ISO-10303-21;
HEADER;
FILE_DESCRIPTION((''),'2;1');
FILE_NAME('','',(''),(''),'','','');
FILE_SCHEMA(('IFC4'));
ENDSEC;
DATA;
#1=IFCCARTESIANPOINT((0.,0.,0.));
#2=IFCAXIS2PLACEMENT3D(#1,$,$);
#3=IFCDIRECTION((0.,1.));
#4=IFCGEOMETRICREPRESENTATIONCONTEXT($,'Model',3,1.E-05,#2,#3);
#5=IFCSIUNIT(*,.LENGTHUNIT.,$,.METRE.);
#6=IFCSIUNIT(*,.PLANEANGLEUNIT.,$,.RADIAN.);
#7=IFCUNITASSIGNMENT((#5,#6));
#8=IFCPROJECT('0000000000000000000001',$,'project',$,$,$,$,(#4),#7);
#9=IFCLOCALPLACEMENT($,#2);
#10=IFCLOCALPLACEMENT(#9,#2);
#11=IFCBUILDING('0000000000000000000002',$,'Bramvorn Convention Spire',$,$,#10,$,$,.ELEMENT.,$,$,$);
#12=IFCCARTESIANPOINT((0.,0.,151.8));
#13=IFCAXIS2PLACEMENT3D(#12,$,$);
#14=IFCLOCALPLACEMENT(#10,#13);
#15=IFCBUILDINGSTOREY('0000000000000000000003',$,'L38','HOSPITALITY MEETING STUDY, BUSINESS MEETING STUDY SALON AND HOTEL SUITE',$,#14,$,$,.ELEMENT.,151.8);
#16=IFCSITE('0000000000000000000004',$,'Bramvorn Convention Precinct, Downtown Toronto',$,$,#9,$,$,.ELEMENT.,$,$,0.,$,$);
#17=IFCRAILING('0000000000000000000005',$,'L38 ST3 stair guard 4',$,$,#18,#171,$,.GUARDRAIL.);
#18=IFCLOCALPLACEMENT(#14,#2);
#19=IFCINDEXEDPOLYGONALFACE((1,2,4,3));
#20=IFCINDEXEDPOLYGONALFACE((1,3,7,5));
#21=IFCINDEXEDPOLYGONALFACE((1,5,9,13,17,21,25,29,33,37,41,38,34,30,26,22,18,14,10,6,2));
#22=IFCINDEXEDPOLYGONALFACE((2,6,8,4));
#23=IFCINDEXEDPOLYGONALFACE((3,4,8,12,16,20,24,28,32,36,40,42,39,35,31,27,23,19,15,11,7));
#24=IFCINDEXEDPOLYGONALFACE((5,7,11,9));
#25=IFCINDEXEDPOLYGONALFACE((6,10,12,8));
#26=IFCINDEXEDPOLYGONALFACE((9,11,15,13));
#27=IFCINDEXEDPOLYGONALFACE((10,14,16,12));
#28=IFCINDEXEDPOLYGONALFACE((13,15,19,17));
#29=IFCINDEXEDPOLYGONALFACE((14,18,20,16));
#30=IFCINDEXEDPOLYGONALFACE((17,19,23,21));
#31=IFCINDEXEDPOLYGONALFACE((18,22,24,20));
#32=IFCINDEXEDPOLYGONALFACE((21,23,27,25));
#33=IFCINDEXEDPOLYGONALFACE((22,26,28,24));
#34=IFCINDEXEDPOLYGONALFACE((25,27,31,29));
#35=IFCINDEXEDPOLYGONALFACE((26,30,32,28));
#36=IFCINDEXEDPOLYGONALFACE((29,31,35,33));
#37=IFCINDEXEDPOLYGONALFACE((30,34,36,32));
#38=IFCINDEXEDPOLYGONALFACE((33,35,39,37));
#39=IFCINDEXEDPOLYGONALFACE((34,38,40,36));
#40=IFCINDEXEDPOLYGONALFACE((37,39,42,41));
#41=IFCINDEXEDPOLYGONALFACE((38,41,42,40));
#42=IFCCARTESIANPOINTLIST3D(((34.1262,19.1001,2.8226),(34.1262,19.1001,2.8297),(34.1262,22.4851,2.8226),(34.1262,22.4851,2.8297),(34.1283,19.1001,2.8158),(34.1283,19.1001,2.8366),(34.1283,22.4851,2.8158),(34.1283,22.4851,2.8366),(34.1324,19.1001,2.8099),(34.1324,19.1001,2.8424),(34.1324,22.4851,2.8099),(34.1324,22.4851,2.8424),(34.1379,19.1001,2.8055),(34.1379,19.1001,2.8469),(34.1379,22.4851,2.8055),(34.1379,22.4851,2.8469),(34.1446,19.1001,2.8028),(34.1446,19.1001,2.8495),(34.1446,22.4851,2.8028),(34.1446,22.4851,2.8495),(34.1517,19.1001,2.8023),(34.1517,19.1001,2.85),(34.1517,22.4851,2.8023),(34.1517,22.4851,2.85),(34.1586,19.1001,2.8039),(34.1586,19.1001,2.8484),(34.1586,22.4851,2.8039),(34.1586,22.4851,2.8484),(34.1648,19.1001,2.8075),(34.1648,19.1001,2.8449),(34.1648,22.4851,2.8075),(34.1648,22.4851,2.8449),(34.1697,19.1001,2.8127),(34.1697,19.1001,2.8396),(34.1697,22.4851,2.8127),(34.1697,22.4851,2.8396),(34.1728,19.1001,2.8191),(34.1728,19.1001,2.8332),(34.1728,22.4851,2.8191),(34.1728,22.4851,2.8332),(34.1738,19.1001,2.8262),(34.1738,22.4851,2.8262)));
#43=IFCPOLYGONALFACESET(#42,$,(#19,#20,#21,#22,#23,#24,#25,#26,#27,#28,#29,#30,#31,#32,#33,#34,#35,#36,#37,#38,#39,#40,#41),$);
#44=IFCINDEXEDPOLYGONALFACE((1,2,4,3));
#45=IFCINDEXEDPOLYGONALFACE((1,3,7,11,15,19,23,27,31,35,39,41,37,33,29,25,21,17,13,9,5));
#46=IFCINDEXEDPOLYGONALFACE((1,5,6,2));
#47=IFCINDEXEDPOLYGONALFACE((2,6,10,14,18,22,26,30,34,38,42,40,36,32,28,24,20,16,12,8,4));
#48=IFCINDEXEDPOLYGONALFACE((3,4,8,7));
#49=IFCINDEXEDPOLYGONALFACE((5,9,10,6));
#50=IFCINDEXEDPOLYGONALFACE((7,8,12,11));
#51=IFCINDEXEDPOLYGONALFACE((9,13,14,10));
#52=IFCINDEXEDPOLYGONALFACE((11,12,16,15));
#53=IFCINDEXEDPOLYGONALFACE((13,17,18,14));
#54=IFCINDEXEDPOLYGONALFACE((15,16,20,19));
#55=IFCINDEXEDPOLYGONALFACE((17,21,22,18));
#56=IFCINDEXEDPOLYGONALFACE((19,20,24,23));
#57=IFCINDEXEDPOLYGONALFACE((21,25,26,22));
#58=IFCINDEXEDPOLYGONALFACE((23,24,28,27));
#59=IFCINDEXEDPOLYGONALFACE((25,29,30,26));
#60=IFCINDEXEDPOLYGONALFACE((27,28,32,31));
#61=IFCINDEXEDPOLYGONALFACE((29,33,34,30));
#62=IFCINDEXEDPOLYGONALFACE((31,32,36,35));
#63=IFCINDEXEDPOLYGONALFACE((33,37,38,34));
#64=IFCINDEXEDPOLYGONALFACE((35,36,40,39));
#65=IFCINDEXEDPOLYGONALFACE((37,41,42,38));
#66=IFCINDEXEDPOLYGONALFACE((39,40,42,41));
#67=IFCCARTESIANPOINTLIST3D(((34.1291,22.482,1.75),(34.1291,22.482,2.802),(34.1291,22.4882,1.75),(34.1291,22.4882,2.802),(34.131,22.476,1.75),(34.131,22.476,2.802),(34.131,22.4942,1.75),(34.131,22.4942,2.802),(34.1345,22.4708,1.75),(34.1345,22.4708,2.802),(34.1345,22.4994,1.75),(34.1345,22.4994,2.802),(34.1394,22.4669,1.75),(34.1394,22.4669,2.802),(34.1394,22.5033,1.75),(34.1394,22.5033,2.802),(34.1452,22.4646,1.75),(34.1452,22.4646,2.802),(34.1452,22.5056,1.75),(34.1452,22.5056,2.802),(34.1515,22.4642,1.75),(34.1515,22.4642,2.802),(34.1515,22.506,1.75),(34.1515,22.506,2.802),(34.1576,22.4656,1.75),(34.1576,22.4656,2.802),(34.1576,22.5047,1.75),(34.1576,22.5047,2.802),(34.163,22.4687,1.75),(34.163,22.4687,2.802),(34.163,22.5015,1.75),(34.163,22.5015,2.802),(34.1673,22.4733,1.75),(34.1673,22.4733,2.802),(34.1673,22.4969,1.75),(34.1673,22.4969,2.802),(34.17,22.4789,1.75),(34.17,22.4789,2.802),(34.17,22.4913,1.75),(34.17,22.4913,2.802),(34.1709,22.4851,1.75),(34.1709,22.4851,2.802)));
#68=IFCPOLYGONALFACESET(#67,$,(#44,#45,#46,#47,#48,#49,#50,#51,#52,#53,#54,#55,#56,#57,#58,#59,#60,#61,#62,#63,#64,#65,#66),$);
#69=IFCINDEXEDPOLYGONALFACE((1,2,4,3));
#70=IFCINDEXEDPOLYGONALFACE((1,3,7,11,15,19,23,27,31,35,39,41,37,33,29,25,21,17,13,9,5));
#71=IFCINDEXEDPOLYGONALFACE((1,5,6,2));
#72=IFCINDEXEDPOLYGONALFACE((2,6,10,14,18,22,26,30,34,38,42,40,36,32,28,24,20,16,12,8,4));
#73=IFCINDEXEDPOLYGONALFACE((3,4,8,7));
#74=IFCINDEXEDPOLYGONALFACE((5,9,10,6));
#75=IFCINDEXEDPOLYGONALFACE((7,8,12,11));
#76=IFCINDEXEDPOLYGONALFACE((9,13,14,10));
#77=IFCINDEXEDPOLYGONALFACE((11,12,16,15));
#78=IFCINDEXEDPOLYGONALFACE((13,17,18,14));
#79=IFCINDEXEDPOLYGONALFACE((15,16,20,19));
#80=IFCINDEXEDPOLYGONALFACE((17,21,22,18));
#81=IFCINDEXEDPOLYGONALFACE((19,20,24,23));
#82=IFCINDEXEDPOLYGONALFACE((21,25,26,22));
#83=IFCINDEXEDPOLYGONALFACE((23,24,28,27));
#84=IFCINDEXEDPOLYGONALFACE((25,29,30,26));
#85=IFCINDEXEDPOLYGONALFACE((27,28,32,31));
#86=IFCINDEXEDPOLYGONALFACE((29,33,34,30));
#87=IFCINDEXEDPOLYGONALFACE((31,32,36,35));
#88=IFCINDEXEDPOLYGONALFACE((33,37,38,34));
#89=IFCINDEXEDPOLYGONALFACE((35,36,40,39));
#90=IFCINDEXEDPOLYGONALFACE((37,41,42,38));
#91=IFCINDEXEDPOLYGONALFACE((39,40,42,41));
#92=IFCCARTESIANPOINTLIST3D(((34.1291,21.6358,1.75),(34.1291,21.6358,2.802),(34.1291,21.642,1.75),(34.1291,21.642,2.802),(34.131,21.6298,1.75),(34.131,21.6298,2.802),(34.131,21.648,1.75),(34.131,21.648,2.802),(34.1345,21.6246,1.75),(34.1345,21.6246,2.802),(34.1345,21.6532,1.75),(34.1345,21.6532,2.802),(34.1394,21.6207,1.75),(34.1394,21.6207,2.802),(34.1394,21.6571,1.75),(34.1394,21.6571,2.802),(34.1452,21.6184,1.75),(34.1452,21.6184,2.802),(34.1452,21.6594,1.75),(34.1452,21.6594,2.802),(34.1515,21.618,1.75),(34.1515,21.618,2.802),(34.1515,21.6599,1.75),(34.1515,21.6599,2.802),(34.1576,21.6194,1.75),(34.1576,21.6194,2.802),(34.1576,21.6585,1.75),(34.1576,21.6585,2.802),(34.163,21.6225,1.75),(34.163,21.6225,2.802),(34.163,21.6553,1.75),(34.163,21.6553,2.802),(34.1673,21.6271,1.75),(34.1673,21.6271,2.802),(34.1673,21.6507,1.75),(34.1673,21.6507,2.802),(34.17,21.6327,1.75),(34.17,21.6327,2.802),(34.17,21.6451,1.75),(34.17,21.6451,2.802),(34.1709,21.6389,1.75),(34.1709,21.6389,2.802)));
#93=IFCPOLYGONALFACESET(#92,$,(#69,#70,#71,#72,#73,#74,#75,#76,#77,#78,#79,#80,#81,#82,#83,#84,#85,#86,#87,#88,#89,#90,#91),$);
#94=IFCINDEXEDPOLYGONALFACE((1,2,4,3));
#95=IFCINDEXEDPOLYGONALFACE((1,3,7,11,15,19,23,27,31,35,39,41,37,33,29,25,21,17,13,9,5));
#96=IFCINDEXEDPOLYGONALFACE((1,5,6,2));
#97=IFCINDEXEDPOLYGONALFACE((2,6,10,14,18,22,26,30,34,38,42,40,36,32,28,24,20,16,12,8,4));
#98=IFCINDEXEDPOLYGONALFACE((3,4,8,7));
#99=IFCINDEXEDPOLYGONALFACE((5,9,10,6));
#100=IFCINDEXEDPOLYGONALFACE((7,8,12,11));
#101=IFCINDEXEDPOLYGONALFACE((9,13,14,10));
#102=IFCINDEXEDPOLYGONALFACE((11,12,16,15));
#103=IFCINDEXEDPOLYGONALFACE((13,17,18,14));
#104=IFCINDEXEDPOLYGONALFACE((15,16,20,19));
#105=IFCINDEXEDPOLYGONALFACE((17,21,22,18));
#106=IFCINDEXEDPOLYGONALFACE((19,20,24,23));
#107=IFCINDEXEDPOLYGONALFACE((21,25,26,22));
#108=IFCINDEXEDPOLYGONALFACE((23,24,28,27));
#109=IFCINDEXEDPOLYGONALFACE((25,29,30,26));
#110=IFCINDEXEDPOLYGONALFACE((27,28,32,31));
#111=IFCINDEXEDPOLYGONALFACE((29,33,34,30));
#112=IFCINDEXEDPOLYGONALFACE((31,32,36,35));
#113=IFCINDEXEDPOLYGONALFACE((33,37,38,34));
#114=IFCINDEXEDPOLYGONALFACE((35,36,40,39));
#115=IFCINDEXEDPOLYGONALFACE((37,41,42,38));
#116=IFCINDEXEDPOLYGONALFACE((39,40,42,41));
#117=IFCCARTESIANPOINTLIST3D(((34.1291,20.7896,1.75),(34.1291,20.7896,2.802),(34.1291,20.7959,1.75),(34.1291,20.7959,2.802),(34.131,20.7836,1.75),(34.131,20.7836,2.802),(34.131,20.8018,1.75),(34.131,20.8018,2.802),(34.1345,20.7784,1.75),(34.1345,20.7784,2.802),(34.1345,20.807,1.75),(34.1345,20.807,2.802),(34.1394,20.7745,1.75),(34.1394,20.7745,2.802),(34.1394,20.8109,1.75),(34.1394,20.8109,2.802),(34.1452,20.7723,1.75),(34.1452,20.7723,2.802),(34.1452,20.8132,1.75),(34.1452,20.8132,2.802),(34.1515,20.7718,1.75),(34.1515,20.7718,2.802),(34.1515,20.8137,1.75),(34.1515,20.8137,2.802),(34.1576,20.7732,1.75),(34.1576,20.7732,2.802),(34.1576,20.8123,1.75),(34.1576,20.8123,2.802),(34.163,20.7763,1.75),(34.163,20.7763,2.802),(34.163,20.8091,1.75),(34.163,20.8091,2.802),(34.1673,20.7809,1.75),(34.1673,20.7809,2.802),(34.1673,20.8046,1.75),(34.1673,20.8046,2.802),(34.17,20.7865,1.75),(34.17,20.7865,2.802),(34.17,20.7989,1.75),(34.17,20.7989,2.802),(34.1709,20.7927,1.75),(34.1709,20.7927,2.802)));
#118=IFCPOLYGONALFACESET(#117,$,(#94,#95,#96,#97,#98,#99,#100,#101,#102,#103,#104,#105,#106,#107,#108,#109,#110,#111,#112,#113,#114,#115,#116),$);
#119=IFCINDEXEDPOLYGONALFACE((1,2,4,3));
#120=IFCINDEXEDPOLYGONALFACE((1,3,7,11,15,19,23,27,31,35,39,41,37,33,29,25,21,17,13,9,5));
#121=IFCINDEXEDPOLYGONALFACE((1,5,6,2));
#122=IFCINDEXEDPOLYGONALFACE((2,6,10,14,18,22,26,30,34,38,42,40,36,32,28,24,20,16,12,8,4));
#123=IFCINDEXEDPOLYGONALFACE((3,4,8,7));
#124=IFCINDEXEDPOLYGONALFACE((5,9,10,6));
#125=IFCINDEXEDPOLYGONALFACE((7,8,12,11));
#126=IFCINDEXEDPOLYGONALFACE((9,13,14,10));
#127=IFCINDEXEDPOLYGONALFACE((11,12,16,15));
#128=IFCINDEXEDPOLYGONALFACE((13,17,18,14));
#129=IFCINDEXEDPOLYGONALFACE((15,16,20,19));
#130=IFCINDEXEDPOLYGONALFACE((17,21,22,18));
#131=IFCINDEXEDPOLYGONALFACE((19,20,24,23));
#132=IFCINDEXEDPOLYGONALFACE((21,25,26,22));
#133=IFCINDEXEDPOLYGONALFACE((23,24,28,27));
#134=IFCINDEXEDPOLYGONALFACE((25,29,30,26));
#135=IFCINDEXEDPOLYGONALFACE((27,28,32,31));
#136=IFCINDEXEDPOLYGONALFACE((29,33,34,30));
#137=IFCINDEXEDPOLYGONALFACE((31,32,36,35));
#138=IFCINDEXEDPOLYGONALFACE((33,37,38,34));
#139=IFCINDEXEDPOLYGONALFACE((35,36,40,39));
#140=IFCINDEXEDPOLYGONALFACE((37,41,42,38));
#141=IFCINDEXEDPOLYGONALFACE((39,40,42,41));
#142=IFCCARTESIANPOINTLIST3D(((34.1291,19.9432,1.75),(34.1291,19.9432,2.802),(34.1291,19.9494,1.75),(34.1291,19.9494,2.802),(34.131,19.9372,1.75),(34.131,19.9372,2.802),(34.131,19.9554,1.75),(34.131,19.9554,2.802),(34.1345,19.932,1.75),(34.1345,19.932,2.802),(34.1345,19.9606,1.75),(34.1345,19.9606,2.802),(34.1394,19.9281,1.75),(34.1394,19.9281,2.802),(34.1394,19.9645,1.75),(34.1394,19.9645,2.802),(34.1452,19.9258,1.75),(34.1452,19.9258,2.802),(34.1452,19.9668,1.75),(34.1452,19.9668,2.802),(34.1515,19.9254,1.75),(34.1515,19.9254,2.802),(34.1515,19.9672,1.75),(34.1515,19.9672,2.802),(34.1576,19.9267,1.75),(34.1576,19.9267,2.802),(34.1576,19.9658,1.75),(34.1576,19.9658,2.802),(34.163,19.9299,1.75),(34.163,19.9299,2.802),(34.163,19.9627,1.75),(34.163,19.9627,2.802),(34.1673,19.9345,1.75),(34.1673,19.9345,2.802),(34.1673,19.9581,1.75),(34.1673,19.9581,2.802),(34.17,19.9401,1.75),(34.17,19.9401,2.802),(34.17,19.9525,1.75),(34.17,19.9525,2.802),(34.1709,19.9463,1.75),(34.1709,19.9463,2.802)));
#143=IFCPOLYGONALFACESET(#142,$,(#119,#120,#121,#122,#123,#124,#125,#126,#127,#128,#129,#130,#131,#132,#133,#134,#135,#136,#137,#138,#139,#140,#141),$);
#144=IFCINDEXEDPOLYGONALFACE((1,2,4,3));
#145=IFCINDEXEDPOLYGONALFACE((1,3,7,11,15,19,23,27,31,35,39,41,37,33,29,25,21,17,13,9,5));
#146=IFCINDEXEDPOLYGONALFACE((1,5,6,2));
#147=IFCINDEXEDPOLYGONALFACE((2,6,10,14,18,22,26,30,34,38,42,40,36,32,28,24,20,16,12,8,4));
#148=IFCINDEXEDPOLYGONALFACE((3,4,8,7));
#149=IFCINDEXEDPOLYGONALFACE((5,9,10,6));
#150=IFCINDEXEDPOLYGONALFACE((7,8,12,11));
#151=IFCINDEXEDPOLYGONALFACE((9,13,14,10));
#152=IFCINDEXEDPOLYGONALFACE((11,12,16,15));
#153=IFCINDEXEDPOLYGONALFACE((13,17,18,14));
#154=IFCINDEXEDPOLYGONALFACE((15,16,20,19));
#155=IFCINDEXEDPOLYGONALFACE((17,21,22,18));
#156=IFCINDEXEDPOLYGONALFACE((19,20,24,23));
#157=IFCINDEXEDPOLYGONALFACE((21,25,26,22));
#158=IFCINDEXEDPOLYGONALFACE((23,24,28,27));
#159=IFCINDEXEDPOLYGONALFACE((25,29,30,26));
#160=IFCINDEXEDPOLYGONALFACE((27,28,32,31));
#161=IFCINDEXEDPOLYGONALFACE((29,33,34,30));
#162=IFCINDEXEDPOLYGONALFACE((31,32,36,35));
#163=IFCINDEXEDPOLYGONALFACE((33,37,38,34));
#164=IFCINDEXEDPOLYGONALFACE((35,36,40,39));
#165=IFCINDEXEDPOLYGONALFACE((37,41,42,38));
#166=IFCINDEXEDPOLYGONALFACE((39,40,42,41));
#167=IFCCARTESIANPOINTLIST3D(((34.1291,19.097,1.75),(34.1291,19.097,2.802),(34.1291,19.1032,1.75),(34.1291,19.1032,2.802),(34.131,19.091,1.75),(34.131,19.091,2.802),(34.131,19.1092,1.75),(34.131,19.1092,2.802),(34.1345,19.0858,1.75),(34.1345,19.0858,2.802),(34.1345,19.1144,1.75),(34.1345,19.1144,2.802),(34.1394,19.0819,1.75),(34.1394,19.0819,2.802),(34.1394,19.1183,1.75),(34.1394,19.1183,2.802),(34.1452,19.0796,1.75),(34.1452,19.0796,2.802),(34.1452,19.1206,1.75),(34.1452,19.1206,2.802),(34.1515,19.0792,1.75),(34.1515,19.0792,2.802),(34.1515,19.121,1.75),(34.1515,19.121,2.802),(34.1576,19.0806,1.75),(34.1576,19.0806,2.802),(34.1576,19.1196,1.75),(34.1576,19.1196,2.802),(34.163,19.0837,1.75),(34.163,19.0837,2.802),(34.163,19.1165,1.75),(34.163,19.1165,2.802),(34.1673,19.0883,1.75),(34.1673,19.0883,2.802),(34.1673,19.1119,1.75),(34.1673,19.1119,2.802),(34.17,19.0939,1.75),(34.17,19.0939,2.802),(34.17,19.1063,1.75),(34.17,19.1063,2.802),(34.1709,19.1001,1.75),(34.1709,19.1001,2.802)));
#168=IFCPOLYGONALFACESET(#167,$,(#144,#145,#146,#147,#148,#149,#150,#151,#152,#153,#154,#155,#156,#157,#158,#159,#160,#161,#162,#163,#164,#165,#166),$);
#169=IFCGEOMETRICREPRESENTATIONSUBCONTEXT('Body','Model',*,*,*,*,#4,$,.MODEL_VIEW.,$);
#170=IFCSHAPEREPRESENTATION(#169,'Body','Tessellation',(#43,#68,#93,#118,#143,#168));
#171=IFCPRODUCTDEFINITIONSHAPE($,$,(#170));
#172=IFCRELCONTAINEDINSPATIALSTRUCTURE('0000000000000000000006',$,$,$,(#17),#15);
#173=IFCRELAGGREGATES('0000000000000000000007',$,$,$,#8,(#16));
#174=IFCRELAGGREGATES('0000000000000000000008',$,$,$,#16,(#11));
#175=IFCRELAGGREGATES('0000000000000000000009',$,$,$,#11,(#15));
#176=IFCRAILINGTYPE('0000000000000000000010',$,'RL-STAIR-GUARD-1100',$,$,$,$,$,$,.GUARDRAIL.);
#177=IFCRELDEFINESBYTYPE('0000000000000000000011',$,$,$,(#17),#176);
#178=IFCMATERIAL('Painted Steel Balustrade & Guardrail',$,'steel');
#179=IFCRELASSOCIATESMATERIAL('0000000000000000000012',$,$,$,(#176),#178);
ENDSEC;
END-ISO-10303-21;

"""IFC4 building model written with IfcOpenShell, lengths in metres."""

from ifc_helpers import new_model, si_unit, direction, frame, origin, origin_2d, place, context, subcontext, project, spatial, circle, extrude, material, type_object, element, save


model = new_model("IFC4")

# Units and contexts
model_context = context("Model", 3, precision=1e-05, world=origin(), true_north=direction((0.0, 1.0)))
body_context = subcontext(model_context, "Body", "Model", "MODEL_VIEW")
ifc_project = project(units=[si_unit("LENGTHUNIT", "METRE"), si_unit("PLANEANGLEUNIT", "RADIAN")], contexts=[model_context])

# Site, building, storey
site_placement = place(None, origin())
site = spatial("IfcSite", under=ifc_project, at=site_placement, Name="Bramvorn Convention Precinct, Downtown Toronto", CompositionType="ELEMENT", RefElevation=0.0)
building_placement = place(site_placement, origin())
building = spatial("IfcBuilding", under=site, at=building_placement, Name="Bramvorn Convention Spire", CompositionType="ELEMENT")
storey_placement = place(building_placement, frame((0.0, 0.0, 151.8)))
storey = spatial("IfcBuildingStorey", under=building, at=storey_placement, Name="L38", Description="HOSPITALITY MEETING STUDY, BUSINESS MEETING STUDY SALON AND HOTEL SUITE", CompositionType="ELEMENT", Elevation=151.8)

# Railing
ifc_material_1 = material(Name="Painted Steel Balustrade & Guardrail", Category="steel")
railing_type_1 = type_object("IfcRailingType", Name="RL-STAIR-GUARD-1100", PredefinedType="GUARDRAIL", material=ifc_material_1)
for number, where, name in (
    (1, (34.1499, 22.4851, 1.75), "L38 ST3 stair guard 4"),
):
    element("IfcRailing", number, at=place(storey_placement, frame(where)), inside=storey, type_object=railing_type_1, Name=name, PredefinedType="GUARDRAIL", context=body_context, shape_type="SweptSolid", body=[
        extrude(circle(Radius=0.0239, at=origin_2d()), frame((0.0, 0.0, 1.0762), z_axis=(0.0, -1.0, 0.0), x_axis=(1.0, 0.0, 0.0)), (0.0, 0.0, 1.0), 3.385),
        extrude(circle(Radius=0.021, at=origin_2d()), origin(), (0.0, 0.0, 1.0), 1.052),
        extrude(circle(Radius=0.021, at=origin_2d()), frame((0.0, -0.8462, 0.0)), (0.0, 0.0, 1.0), 1.052),
        extrude(circle(Radius=0.021, at=origin_2d()), frame((0.0, -1.6924, 0.0)), (0.0, 0.0, 1.0), 1.052),
        extrude(circle(Radius=0.021, at=origin_2d()), frame((0.0, -2.5388, 0.0)), (0.0, 0.0, 1.0), 1.052),
        extrude(circle(Radius=0.021, at=origin_2d()), frame((0.0, -3.385, 0.0)), (0.0, 0.0, 1.0), 1.052),
    ])

save(model, "model.ifc")
